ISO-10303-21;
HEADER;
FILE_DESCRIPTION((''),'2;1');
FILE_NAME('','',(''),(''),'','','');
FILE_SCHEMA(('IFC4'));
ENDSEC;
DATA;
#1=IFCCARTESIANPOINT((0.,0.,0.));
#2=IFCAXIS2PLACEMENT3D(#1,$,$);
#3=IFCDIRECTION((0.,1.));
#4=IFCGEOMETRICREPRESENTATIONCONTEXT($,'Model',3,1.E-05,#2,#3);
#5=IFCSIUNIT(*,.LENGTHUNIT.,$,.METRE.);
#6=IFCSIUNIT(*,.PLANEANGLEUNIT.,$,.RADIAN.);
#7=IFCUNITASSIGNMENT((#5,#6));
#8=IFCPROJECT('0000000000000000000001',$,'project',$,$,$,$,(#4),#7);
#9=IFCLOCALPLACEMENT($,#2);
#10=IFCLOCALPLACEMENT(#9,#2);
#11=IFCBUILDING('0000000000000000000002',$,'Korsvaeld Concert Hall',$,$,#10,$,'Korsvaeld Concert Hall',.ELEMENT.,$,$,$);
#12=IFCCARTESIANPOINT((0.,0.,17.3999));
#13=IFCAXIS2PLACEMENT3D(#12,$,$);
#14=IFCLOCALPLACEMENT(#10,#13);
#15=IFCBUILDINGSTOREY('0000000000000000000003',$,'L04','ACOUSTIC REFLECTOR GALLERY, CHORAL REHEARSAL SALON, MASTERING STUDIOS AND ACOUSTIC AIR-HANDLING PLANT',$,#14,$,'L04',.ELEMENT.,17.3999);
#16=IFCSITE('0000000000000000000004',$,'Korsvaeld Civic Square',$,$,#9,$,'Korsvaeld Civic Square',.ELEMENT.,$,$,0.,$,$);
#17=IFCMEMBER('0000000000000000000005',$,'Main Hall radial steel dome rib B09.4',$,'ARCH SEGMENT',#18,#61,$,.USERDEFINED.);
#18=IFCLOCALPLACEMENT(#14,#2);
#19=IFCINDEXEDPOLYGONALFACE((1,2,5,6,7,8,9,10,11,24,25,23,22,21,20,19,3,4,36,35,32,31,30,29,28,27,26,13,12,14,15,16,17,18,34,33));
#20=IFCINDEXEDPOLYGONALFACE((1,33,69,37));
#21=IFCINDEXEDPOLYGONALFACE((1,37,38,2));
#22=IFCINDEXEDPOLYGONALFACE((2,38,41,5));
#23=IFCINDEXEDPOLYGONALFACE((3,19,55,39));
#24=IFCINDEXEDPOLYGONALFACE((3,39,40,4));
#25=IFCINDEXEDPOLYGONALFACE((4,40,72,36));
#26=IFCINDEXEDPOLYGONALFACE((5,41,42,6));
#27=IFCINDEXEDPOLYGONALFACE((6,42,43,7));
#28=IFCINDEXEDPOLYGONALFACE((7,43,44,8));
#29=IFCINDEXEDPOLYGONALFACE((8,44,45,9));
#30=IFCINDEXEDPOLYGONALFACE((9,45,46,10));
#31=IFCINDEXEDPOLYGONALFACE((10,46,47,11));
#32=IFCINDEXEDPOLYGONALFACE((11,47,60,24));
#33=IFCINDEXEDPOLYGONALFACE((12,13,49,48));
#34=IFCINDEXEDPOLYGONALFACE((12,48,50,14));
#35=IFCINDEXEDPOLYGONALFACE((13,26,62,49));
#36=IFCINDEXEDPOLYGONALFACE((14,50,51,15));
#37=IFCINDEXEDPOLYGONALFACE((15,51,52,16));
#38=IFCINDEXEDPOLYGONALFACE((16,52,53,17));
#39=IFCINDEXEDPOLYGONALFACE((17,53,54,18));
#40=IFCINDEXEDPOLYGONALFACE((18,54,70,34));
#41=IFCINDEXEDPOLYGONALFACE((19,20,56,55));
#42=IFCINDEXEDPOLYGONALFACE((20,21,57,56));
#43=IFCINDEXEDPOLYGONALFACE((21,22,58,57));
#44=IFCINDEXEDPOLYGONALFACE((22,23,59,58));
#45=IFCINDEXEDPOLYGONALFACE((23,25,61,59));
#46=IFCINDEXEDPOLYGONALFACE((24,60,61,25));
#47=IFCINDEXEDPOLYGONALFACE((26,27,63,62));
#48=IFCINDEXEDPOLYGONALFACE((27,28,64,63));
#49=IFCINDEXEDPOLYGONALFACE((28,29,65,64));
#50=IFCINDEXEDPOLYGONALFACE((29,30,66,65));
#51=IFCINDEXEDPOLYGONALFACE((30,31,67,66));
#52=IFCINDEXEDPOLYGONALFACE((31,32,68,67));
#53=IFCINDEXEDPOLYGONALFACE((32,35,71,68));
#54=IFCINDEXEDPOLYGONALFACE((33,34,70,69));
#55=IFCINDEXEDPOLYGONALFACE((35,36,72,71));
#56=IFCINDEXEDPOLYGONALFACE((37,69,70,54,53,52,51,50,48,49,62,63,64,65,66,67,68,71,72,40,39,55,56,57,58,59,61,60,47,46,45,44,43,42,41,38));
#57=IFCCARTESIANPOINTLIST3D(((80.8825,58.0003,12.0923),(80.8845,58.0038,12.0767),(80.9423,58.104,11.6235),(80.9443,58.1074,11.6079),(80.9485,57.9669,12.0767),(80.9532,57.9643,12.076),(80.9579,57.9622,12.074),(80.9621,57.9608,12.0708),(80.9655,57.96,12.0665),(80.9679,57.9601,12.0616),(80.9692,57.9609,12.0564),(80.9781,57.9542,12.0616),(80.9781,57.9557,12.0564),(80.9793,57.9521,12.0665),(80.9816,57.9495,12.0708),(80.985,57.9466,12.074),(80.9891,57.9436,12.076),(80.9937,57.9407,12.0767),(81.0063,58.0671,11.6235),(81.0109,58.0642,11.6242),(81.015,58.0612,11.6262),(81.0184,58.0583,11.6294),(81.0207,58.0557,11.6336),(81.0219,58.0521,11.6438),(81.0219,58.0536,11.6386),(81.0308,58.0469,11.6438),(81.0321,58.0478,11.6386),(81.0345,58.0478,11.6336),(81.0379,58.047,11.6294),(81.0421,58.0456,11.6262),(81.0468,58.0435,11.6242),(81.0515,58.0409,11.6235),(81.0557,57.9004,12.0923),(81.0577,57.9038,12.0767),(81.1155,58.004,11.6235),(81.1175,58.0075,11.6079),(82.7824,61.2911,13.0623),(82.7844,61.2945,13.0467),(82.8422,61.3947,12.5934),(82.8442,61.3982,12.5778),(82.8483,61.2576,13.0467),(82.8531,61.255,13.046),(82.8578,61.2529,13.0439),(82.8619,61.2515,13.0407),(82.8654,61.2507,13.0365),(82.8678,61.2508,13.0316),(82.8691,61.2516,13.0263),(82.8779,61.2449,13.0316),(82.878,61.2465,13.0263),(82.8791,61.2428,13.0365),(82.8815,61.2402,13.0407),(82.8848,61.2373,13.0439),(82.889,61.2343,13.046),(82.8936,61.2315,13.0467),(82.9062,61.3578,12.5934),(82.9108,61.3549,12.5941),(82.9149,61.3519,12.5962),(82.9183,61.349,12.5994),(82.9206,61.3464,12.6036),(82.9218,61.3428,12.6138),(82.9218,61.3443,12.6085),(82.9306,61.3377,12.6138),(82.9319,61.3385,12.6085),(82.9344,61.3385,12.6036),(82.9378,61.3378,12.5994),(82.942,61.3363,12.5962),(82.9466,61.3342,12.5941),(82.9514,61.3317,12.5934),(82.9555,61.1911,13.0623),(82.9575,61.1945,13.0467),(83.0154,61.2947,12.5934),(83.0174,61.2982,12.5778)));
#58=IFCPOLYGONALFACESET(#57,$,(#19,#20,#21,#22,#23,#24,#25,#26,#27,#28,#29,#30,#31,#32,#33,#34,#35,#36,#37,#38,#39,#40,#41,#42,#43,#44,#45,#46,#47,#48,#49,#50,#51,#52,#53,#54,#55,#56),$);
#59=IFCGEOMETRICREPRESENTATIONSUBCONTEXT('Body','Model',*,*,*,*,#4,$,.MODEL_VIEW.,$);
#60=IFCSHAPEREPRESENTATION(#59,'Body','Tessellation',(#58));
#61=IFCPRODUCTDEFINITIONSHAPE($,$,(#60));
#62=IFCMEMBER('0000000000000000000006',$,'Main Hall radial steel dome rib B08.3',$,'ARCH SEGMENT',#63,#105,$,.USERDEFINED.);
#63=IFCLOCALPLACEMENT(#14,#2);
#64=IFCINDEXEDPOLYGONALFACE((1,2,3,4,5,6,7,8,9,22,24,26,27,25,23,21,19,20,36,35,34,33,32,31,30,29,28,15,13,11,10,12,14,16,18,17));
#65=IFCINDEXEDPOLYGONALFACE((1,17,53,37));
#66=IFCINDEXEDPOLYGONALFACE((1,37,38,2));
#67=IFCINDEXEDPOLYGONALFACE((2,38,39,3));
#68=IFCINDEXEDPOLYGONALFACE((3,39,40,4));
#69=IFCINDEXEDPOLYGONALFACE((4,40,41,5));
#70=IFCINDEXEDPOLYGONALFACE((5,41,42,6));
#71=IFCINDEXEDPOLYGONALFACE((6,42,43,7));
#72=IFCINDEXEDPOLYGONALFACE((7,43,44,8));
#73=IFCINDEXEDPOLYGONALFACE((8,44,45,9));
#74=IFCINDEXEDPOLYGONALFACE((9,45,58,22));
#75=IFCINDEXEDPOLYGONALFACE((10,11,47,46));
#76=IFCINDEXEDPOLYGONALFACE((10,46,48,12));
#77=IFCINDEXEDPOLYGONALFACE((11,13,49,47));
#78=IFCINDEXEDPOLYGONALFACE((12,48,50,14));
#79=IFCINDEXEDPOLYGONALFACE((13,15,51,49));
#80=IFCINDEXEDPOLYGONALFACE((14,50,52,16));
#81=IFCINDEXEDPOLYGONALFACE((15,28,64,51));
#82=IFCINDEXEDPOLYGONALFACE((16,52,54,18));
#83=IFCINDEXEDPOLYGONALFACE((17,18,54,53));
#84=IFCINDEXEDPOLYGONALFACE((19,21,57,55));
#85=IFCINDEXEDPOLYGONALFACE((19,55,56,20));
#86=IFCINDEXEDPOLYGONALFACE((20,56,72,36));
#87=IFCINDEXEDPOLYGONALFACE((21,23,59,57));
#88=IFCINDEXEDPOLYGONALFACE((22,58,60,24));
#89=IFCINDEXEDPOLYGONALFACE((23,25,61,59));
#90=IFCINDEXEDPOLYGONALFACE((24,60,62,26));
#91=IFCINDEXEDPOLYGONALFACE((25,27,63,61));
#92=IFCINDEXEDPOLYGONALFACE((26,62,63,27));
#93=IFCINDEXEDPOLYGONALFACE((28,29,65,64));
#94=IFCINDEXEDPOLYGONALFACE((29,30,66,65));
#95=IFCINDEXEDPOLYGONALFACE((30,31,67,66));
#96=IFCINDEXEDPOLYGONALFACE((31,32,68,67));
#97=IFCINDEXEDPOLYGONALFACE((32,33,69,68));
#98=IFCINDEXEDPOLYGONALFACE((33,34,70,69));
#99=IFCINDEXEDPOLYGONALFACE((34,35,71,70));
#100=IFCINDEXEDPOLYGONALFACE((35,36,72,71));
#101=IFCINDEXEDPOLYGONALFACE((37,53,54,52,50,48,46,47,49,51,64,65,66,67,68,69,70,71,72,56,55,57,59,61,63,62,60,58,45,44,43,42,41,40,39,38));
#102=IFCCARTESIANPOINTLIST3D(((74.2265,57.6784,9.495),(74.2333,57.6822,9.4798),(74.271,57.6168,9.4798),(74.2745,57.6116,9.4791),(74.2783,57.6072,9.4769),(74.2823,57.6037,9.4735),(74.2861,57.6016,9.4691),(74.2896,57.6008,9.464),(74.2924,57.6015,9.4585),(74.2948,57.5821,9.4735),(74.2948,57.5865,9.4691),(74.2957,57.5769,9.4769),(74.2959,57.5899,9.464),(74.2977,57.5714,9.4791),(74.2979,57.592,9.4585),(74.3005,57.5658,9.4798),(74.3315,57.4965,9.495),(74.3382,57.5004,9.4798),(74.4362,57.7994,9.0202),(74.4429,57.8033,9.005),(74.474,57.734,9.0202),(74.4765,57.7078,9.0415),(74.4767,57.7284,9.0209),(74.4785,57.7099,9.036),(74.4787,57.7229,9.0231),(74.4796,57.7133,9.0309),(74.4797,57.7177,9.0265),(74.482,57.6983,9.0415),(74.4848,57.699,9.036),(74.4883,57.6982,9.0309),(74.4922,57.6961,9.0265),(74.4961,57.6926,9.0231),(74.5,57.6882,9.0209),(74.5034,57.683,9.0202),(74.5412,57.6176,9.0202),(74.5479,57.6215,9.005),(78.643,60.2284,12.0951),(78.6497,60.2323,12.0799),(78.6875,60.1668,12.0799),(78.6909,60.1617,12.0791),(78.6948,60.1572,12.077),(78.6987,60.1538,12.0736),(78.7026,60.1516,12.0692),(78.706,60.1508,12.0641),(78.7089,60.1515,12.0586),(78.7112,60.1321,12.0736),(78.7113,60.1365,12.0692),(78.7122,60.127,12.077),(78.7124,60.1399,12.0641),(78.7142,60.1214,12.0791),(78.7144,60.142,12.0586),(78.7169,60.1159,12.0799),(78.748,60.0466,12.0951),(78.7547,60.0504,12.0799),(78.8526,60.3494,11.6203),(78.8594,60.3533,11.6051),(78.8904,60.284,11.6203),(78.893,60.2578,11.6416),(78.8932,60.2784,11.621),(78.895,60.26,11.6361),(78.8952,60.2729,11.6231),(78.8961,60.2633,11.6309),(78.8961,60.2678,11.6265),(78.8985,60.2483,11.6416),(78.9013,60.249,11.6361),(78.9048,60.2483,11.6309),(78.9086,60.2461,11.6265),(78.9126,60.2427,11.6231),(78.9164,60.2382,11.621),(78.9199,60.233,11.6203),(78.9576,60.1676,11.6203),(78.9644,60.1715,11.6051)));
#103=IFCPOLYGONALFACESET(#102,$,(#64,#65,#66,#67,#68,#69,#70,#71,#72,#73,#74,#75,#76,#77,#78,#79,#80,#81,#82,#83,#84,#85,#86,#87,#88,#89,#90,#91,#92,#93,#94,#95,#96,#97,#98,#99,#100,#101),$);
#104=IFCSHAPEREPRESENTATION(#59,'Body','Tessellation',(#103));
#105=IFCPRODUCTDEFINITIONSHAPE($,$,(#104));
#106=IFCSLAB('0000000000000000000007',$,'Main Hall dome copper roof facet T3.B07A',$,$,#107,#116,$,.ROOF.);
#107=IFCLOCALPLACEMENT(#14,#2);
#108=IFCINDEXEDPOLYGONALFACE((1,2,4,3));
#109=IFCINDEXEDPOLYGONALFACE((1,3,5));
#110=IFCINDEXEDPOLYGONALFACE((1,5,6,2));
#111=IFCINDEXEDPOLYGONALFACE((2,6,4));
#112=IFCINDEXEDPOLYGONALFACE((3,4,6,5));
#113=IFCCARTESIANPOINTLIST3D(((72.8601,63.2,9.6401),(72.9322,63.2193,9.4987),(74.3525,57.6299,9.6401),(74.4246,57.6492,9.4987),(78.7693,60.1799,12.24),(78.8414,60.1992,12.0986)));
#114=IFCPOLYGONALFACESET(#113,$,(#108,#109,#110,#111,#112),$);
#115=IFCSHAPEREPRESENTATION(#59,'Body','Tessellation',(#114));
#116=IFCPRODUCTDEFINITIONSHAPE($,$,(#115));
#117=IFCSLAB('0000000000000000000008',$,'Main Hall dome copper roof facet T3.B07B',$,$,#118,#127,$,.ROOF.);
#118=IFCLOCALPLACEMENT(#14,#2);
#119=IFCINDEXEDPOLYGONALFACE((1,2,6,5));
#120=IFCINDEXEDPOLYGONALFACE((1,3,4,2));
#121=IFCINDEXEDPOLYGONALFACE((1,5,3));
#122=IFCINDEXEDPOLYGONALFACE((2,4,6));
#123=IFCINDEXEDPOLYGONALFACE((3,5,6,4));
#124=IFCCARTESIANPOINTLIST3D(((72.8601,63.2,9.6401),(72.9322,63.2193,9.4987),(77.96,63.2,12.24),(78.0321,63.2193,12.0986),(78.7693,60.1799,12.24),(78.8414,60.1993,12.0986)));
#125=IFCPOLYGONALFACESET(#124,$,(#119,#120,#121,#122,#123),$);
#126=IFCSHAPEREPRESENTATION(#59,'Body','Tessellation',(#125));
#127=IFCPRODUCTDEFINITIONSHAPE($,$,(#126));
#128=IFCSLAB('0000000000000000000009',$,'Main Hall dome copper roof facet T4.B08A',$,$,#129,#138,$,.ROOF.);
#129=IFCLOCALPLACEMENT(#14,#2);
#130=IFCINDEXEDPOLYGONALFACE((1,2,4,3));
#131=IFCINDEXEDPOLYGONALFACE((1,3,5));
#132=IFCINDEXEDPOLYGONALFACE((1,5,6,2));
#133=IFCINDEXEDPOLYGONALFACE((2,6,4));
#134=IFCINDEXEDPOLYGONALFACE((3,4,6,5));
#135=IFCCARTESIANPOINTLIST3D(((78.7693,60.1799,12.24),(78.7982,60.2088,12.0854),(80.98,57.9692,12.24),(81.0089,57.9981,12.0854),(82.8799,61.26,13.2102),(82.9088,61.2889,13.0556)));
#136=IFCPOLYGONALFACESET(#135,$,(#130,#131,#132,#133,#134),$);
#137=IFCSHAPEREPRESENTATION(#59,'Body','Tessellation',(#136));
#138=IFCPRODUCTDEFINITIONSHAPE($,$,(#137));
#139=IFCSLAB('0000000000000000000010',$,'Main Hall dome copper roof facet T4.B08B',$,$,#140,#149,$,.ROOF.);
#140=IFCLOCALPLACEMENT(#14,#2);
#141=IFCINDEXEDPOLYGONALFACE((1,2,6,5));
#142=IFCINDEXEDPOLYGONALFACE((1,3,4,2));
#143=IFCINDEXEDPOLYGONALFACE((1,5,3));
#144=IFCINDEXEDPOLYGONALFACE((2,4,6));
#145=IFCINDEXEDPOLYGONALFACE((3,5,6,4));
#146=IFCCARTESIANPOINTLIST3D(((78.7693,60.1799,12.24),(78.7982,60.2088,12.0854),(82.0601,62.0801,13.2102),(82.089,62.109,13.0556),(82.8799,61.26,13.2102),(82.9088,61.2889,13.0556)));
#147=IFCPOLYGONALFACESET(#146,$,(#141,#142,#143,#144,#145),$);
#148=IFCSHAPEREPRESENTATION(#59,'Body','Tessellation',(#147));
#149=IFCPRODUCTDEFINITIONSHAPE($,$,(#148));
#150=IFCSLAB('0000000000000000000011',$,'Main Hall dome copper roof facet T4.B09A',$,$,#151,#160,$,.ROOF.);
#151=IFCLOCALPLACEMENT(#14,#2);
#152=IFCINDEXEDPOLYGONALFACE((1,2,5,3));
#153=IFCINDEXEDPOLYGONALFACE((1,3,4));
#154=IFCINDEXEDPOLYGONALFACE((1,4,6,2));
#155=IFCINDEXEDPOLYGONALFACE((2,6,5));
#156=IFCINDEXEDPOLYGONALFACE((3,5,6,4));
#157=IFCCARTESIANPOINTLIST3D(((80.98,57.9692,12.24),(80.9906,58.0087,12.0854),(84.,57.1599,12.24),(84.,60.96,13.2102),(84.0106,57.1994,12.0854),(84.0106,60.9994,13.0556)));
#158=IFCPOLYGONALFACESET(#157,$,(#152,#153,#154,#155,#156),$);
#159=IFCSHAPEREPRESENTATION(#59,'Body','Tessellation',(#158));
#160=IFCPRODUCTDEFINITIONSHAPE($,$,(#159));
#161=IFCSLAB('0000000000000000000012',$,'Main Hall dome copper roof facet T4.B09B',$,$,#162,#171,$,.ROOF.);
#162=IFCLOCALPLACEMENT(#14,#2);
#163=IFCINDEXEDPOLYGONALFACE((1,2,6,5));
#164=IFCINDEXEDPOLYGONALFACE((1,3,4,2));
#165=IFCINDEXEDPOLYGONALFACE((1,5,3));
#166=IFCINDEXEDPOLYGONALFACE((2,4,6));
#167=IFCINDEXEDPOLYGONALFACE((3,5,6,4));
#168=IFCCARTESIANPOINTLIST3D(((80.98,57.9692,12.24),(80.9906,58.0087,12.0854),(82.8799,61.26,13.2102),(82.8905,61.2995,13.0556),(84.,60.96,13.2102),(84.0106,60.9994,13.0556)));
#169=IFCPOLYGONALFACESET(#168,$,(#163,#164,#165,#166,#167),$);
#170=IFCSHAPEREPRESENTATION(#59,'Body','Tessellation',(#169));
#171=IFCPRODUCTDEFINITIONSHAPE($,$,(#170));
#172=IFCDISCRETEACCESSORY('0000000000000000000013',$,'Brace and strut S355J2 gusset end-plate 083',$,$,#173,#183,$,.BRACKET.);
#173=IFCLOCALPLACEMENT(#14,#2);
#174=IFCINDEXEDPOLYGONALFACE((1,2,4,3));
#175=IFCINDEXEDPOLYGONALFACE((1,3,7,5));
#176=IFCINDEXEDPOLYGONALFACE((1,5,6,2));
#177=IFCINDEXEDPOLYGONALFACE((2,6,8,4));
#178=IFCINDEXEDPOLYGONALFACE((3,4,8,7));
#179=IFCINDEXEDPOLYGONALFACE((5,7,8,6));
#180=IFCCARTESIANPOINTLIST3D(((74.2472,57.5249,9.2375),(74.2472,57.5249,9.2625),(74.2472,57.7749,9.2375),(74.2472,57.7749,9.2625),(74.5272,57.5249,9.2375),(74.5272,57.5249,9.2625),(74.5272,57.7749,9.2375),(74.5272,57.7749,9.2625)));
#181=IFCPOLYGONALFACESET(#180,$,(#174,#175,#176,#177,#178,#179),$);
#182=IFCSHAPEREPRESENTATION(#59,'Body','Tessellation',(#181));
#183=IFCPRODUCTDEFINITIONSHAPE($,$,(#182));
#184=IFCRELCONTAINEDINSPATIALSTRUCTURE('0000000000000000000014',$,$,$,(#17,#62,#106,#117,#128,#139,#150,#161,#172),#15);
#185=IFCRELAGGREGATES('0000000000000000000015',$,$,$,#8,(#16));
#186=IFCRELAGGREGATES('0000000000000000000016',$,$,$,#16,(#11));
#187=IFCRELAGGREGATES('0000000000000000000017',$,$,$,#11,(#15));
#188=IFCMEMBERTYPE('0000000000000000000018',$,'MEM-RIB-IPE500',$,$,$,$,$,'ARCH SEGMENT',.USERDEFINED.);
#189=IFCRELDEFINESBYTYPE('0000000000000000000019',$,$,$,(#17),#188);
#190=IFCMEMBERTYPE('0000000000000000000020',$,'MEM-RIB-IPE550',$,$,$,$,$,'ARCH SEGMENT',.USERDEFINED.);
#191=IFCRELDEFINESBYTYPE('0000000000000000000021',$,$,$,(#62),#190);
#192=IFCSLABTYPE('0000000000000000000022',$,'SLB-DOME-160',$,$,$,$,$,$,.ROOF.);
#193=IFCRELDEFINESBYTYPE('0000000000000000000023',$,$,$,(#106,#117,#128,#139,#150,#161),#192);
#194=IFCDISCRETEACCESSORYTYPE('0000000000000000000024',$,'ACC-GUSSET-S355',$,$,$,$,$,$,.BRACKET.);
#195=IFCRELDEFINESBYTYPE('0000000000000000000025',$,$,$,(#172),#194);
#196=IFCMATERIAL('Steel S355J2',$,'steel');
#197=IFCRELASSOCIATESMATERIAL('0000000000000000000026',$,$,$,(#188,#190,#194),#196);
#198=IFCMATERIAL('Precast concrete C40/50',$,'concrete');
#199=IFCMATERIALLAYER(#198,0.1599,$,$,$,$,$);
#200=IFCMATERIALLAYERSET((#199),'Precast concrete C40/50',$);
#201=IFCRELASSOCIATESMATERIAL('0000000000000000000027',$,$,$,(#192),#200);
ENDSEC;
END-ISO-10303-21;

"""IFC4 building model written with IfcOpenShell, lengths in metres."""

from ifc_helpers import new_model, si_unit, direction, frame, origin, origin_2d, place, context, subcontext, project, spatial, polyline, rectangle, i_section, outline, extrude, material, layer, layer_set, material_profile, profile_set, type_object, element, save


model = new_model("IFC4")

# Units and contexts
model_context = context("Model", 3, precision=1e-05, world=origin(), true_north=direction((0.0, 1.0)))
body_context = subcontext(model_context, "Body", "Model", "MODEL_VIEW")
ifc_project = project(units=[si_unit("LENGTHUNIT", "METRE"), si_unit("PLANEANGLEUNIT", "RADIAN")], contexts=[model_context])

# Site, building, storey
site_placement = place(None, origin())
site = spatial("IfcSite", under=ifc_project, at=site_placement, Name="Korsvaeld Civic Square", LongName="Korsvaeld Civic Square", CompositionType="ELEMENT", RefElevation=0.0)
building_placement = place(site_placement, origin())
building = spatial("IfcBuilding", under=site, at=building_placement, Name="Korsvaeld Concert Hall", LongName="Korsvaeld Concert Hall", CompositionType="ELEMENT")
storey_placement = place(building_placement, frame((0.0, 0.0, 17.3999)))
storey = spatial("IfcBuildingStorey", under=building, at=storey_placement, Name="L04", Description="ACOUSTIC REFLECTOR GALLERY, CHORAL REHEARSAL SALON, MASTERING STUDIOS AND ACOUSTIC AIR-HANDLING PLANT", LongName="L04", CompositionType="ELEMENT", Elevation=17.3999)

# Shared definitions
ifc_material_1 = material(Name="Steel S355J2", Category="steel")

# Members
ifc_material_profile_1 = material_profile(ifc_material_1, i_section(OverallWidth=0.2, OverallDepth=0.5, WebThickness=0.0103, FlangeThickness=0.0161, FilletRadius=0.021, at=origin_2d()), Name="IPE 500")
ifc_profile_set_1 = profile_set([ifc_material_profile_1], Name="Steel S355J2")
member_type_1 = type_object("IfcMemberType", Name="MEM-RIB-IPE500", ElementType="ARCH SEGMENT", PredefinedType="USERDEFINED", material=ifc_profile_set_1)
member_1_placement = place(storey_placement, frame((81.0, 58.0039, 11.8501), z_axis=(0.48446, 0.839121, 0.247335), x_axis=(-0.866028, 0.499995, 0.0)))
element("IfcMember", 1, at=member_1_placement, inside=storey, type_object=member_type_1, Name="Main Hall radial steel dome rib B09.4", ObjectType="ARCH SEGMENT", PredefinedType="USERDEFINED", context=body_context, shape_type="SweptSolid", body=[
    extrude(i_section(OverallWidth=0.2, OverallDepth=0.5, WebThickness=0.0103, FlangeThickness=0.0161, FilletRadius=0.021, at=origin_2d()), origin(), (0.0, 0.0, 1.0), 3.9216),
])
ifc_material_profile_2 = material_profile(ifc_material_1, i_section(OverallWidth=0.21, OverallDepth=0.55, WebThickness=0.011, FlangeThickness=0.0171, FilletRadius=0.0239, at=origin_2d()), Name="IPE 550")
ifc_profile_set_2 = profile_set([ifc_material_profile_2], Name="Steel S355J2")
member_type_2 = type_object("IfcMemberType", Name="MEM-RIB-IPE550", ElementType="ARCH SEGMENT", PredefinedType="USERDEFINED", material=ifc_profile_set_2)
member_2_placement = place(storey_placement, frame((74.3872, 57.6499, 9.25), z_axis=(0.771522, 0.44547, 0.454213), x_axis=(-0.500026, 0.86601, 0.0)))
element("IfcMember", 2, at=member_2_placement, inside=storey, type_object=member_type_2, Name="Main Hall radial steel dome rib B08.3", ObjectType="ARCH SEGMENT", PredefinedType="USERDEFINED", context=body_context, shape_type="SweptSolid", body=[
    extrude(i_section(OverallWidth=0.21, OverallDepth=0.55, WebThickness=0.011, FlangeThickness=0.0171, FilletRadius=0.0239, at=origin_2d()), origin(), (0.0, 0.0, 1.0), 5.7244),
])

# Slabs
ifc_material_2 = material(Name="Precast concrete C40/50", Category="concrete")
ifc_layer = layer(ifc_material_2, 0.1599)
ifc_layer_set = layer_set([ifc_layer], Name="Precast concrete C40/50")
slab_type = type_object("IfcSlabType", Name="SLB-DOME-160", PredefinedType="ROOF", material=ifc_layer_set)
slab_1_placement = place(storey_placement, frame((72.8601, 63.2, 9.6401), z_axis=(-0.450841, -0.120797, 0.884393), x_axis=(0.258809, -0.965929, 0.0)))
element("IfcSlab", 3, at=slab_1_placement, inside=storey, type_object=slab_type, Name="Main Hall dome copper roof facet T3.B07A", PredefinedType="ROOF", context=body_context, shape_type="SweptSolid", body=[
    extrude(outline(polyline([(0.0, 0.0), (5.7665, 0.0), (4.4465, 5.5702), (0.0, 0.0)])), origin(), (0.0, 0.0, -1.0), 0.1599),
])
slab_2_placement = place(storey_placement, frame((72.8601, 63.2, 9.6401), z_axis=(-0.45085, -0.120822, 0.884385), x_axis=(0.829093, -0.423727, 0.364775)))
element("IfcSlab", 4, at=slab_2_placement, inside=storey, type_object=slab_type, Name="Main Hall dome copper roof facet T3.B07B", PredefinedType="ROOF", context=body_context, shape_type="SweptSolid", body=[
    extrude(outline(polyline([(0.0, 0.0), (7.1273, 0.0), (5.1766, 2.4434), (0.0, 0.0)])), origin(), (0.0, 0.0, -1.0), 0.1599),
])
slab_3_placement = place(storey_placement, frame((78.7693, 60.1799, 12.24), z_axis=(-0.180708, -0.180708, 0.966793), x_axis=(0.707107, -0.707107, 0.0)))
element("IfcSlab", 5, at=slab_3_placement, inside=storey, type_object=slab_type, Name="Main Hall dome copper roof facet T4.B08A", PredefinedType="ROOF", context=body_context, shape_type="SweptSolid", body=[
    extrude(outline(polyline([(0.0, 0.0), (3.1264, 0.0), (2.1429, 3.7964), (0.0, 0.0)])), origin(), (0.0, 0.0, -1.0), 0.1599),
])
slab_4_placement = place(storey_placement, frame((78.7693, 60.1799, 12.24), z_axis=(-0.18072, -0.180667, 0.966799), x_axis=(0.942914, 0.247755, 0.222554)))
element("IfcSlab", 6, at=slab_4_placement, inside=storey, type_object=slab_type, Name="Main Hall dome copper roof facet T4.B08B", PredefinedType="ROOF", context=body_context, shape_type="SweptSolid", body=[
    extrude(outline(polyline([(0.0, 0.0), (4.3595, 0.0), (3.7896, 1.0099), (0.0, 0.0)])), origin(), (0.0, 0.0, -1.0), 0.1599),
])
slab_5_placement = place(storey_placement, frame((80.98, 57.9692, 12.24), z_axis=(-0.06615, -0.246839, 0.966796), x_axis=(0.965917, -0.258853, 0.0)))
element("IfcSlab", 7, at=slab_5_placement, inside=storey, type_object=slab_type, Name="Main Hall dome copper roof facet T4.B09A", PredefinedType="ROOF", context=body_context, shape_type="SweptSolid", body=[
    extrude(outline(polyline([(0.0, 0.0), (3.1266, 0.0), (2.1429, 3.7966), (0.0, 0.0)])), origin(), (0.0, 0.0, -1.0), 0.1599),
])
slab_6_placement = place(storey_placement, frame((80.98, 57.9692, 12.24), z_axis=(-0.066127, -0.24686, 0.966792), x_axis=(0.692726, 0.686006, 0.222546)))
element("IfcSlab", 8, at=slab_6_placement, inside=storey, type_object=slab_type, Name="Main Hall dome copper roof facet T4.B09B", PredefinedType="ROOF", context=body_context, shape_type="SweptSolid", body=[
    extrude(outline(polyline([(0.0, 0.0), (4.3596, 0.0), (3.7895, 1.0098), (0.0, 0.0)])), origin(), (0.0, 0.0, -1.0), 0.1599),
])

# Discrete accessory
discrete_accessory_type_1 = type_object("IfcDiscreteAccessoryType", Name="ACC-GUSSET-S355", PredefinedType="BRACKET", material=ifc_material_1)
for number, where, z_axis, x_axis, name in (
    (9, (74.3872, 57.6499, 9.2375), (0.0, 0.0, 1.0), (1.0, 0.0, 0.0), "Brace and strut S355J2 gusset end-plate 083"),
):
    element("IfcDiscreteAccessory", number, at=place(storey_placement, frame(where, z_axis=z_axis, x_axis=x_axis)), inside=storey, type_object=discrete_accessory_type_1, Name=name, PredefinedType="BRACKET", context=body_context, shape_type="SweptSolid", body=[
        extrude(rectangle(XDim=0.28, YDim=0.25, at=origin_2d()), origin(), (0.0, 0.0, 1.0), 0.0249),
    ])

save(model, "model.ifc")
